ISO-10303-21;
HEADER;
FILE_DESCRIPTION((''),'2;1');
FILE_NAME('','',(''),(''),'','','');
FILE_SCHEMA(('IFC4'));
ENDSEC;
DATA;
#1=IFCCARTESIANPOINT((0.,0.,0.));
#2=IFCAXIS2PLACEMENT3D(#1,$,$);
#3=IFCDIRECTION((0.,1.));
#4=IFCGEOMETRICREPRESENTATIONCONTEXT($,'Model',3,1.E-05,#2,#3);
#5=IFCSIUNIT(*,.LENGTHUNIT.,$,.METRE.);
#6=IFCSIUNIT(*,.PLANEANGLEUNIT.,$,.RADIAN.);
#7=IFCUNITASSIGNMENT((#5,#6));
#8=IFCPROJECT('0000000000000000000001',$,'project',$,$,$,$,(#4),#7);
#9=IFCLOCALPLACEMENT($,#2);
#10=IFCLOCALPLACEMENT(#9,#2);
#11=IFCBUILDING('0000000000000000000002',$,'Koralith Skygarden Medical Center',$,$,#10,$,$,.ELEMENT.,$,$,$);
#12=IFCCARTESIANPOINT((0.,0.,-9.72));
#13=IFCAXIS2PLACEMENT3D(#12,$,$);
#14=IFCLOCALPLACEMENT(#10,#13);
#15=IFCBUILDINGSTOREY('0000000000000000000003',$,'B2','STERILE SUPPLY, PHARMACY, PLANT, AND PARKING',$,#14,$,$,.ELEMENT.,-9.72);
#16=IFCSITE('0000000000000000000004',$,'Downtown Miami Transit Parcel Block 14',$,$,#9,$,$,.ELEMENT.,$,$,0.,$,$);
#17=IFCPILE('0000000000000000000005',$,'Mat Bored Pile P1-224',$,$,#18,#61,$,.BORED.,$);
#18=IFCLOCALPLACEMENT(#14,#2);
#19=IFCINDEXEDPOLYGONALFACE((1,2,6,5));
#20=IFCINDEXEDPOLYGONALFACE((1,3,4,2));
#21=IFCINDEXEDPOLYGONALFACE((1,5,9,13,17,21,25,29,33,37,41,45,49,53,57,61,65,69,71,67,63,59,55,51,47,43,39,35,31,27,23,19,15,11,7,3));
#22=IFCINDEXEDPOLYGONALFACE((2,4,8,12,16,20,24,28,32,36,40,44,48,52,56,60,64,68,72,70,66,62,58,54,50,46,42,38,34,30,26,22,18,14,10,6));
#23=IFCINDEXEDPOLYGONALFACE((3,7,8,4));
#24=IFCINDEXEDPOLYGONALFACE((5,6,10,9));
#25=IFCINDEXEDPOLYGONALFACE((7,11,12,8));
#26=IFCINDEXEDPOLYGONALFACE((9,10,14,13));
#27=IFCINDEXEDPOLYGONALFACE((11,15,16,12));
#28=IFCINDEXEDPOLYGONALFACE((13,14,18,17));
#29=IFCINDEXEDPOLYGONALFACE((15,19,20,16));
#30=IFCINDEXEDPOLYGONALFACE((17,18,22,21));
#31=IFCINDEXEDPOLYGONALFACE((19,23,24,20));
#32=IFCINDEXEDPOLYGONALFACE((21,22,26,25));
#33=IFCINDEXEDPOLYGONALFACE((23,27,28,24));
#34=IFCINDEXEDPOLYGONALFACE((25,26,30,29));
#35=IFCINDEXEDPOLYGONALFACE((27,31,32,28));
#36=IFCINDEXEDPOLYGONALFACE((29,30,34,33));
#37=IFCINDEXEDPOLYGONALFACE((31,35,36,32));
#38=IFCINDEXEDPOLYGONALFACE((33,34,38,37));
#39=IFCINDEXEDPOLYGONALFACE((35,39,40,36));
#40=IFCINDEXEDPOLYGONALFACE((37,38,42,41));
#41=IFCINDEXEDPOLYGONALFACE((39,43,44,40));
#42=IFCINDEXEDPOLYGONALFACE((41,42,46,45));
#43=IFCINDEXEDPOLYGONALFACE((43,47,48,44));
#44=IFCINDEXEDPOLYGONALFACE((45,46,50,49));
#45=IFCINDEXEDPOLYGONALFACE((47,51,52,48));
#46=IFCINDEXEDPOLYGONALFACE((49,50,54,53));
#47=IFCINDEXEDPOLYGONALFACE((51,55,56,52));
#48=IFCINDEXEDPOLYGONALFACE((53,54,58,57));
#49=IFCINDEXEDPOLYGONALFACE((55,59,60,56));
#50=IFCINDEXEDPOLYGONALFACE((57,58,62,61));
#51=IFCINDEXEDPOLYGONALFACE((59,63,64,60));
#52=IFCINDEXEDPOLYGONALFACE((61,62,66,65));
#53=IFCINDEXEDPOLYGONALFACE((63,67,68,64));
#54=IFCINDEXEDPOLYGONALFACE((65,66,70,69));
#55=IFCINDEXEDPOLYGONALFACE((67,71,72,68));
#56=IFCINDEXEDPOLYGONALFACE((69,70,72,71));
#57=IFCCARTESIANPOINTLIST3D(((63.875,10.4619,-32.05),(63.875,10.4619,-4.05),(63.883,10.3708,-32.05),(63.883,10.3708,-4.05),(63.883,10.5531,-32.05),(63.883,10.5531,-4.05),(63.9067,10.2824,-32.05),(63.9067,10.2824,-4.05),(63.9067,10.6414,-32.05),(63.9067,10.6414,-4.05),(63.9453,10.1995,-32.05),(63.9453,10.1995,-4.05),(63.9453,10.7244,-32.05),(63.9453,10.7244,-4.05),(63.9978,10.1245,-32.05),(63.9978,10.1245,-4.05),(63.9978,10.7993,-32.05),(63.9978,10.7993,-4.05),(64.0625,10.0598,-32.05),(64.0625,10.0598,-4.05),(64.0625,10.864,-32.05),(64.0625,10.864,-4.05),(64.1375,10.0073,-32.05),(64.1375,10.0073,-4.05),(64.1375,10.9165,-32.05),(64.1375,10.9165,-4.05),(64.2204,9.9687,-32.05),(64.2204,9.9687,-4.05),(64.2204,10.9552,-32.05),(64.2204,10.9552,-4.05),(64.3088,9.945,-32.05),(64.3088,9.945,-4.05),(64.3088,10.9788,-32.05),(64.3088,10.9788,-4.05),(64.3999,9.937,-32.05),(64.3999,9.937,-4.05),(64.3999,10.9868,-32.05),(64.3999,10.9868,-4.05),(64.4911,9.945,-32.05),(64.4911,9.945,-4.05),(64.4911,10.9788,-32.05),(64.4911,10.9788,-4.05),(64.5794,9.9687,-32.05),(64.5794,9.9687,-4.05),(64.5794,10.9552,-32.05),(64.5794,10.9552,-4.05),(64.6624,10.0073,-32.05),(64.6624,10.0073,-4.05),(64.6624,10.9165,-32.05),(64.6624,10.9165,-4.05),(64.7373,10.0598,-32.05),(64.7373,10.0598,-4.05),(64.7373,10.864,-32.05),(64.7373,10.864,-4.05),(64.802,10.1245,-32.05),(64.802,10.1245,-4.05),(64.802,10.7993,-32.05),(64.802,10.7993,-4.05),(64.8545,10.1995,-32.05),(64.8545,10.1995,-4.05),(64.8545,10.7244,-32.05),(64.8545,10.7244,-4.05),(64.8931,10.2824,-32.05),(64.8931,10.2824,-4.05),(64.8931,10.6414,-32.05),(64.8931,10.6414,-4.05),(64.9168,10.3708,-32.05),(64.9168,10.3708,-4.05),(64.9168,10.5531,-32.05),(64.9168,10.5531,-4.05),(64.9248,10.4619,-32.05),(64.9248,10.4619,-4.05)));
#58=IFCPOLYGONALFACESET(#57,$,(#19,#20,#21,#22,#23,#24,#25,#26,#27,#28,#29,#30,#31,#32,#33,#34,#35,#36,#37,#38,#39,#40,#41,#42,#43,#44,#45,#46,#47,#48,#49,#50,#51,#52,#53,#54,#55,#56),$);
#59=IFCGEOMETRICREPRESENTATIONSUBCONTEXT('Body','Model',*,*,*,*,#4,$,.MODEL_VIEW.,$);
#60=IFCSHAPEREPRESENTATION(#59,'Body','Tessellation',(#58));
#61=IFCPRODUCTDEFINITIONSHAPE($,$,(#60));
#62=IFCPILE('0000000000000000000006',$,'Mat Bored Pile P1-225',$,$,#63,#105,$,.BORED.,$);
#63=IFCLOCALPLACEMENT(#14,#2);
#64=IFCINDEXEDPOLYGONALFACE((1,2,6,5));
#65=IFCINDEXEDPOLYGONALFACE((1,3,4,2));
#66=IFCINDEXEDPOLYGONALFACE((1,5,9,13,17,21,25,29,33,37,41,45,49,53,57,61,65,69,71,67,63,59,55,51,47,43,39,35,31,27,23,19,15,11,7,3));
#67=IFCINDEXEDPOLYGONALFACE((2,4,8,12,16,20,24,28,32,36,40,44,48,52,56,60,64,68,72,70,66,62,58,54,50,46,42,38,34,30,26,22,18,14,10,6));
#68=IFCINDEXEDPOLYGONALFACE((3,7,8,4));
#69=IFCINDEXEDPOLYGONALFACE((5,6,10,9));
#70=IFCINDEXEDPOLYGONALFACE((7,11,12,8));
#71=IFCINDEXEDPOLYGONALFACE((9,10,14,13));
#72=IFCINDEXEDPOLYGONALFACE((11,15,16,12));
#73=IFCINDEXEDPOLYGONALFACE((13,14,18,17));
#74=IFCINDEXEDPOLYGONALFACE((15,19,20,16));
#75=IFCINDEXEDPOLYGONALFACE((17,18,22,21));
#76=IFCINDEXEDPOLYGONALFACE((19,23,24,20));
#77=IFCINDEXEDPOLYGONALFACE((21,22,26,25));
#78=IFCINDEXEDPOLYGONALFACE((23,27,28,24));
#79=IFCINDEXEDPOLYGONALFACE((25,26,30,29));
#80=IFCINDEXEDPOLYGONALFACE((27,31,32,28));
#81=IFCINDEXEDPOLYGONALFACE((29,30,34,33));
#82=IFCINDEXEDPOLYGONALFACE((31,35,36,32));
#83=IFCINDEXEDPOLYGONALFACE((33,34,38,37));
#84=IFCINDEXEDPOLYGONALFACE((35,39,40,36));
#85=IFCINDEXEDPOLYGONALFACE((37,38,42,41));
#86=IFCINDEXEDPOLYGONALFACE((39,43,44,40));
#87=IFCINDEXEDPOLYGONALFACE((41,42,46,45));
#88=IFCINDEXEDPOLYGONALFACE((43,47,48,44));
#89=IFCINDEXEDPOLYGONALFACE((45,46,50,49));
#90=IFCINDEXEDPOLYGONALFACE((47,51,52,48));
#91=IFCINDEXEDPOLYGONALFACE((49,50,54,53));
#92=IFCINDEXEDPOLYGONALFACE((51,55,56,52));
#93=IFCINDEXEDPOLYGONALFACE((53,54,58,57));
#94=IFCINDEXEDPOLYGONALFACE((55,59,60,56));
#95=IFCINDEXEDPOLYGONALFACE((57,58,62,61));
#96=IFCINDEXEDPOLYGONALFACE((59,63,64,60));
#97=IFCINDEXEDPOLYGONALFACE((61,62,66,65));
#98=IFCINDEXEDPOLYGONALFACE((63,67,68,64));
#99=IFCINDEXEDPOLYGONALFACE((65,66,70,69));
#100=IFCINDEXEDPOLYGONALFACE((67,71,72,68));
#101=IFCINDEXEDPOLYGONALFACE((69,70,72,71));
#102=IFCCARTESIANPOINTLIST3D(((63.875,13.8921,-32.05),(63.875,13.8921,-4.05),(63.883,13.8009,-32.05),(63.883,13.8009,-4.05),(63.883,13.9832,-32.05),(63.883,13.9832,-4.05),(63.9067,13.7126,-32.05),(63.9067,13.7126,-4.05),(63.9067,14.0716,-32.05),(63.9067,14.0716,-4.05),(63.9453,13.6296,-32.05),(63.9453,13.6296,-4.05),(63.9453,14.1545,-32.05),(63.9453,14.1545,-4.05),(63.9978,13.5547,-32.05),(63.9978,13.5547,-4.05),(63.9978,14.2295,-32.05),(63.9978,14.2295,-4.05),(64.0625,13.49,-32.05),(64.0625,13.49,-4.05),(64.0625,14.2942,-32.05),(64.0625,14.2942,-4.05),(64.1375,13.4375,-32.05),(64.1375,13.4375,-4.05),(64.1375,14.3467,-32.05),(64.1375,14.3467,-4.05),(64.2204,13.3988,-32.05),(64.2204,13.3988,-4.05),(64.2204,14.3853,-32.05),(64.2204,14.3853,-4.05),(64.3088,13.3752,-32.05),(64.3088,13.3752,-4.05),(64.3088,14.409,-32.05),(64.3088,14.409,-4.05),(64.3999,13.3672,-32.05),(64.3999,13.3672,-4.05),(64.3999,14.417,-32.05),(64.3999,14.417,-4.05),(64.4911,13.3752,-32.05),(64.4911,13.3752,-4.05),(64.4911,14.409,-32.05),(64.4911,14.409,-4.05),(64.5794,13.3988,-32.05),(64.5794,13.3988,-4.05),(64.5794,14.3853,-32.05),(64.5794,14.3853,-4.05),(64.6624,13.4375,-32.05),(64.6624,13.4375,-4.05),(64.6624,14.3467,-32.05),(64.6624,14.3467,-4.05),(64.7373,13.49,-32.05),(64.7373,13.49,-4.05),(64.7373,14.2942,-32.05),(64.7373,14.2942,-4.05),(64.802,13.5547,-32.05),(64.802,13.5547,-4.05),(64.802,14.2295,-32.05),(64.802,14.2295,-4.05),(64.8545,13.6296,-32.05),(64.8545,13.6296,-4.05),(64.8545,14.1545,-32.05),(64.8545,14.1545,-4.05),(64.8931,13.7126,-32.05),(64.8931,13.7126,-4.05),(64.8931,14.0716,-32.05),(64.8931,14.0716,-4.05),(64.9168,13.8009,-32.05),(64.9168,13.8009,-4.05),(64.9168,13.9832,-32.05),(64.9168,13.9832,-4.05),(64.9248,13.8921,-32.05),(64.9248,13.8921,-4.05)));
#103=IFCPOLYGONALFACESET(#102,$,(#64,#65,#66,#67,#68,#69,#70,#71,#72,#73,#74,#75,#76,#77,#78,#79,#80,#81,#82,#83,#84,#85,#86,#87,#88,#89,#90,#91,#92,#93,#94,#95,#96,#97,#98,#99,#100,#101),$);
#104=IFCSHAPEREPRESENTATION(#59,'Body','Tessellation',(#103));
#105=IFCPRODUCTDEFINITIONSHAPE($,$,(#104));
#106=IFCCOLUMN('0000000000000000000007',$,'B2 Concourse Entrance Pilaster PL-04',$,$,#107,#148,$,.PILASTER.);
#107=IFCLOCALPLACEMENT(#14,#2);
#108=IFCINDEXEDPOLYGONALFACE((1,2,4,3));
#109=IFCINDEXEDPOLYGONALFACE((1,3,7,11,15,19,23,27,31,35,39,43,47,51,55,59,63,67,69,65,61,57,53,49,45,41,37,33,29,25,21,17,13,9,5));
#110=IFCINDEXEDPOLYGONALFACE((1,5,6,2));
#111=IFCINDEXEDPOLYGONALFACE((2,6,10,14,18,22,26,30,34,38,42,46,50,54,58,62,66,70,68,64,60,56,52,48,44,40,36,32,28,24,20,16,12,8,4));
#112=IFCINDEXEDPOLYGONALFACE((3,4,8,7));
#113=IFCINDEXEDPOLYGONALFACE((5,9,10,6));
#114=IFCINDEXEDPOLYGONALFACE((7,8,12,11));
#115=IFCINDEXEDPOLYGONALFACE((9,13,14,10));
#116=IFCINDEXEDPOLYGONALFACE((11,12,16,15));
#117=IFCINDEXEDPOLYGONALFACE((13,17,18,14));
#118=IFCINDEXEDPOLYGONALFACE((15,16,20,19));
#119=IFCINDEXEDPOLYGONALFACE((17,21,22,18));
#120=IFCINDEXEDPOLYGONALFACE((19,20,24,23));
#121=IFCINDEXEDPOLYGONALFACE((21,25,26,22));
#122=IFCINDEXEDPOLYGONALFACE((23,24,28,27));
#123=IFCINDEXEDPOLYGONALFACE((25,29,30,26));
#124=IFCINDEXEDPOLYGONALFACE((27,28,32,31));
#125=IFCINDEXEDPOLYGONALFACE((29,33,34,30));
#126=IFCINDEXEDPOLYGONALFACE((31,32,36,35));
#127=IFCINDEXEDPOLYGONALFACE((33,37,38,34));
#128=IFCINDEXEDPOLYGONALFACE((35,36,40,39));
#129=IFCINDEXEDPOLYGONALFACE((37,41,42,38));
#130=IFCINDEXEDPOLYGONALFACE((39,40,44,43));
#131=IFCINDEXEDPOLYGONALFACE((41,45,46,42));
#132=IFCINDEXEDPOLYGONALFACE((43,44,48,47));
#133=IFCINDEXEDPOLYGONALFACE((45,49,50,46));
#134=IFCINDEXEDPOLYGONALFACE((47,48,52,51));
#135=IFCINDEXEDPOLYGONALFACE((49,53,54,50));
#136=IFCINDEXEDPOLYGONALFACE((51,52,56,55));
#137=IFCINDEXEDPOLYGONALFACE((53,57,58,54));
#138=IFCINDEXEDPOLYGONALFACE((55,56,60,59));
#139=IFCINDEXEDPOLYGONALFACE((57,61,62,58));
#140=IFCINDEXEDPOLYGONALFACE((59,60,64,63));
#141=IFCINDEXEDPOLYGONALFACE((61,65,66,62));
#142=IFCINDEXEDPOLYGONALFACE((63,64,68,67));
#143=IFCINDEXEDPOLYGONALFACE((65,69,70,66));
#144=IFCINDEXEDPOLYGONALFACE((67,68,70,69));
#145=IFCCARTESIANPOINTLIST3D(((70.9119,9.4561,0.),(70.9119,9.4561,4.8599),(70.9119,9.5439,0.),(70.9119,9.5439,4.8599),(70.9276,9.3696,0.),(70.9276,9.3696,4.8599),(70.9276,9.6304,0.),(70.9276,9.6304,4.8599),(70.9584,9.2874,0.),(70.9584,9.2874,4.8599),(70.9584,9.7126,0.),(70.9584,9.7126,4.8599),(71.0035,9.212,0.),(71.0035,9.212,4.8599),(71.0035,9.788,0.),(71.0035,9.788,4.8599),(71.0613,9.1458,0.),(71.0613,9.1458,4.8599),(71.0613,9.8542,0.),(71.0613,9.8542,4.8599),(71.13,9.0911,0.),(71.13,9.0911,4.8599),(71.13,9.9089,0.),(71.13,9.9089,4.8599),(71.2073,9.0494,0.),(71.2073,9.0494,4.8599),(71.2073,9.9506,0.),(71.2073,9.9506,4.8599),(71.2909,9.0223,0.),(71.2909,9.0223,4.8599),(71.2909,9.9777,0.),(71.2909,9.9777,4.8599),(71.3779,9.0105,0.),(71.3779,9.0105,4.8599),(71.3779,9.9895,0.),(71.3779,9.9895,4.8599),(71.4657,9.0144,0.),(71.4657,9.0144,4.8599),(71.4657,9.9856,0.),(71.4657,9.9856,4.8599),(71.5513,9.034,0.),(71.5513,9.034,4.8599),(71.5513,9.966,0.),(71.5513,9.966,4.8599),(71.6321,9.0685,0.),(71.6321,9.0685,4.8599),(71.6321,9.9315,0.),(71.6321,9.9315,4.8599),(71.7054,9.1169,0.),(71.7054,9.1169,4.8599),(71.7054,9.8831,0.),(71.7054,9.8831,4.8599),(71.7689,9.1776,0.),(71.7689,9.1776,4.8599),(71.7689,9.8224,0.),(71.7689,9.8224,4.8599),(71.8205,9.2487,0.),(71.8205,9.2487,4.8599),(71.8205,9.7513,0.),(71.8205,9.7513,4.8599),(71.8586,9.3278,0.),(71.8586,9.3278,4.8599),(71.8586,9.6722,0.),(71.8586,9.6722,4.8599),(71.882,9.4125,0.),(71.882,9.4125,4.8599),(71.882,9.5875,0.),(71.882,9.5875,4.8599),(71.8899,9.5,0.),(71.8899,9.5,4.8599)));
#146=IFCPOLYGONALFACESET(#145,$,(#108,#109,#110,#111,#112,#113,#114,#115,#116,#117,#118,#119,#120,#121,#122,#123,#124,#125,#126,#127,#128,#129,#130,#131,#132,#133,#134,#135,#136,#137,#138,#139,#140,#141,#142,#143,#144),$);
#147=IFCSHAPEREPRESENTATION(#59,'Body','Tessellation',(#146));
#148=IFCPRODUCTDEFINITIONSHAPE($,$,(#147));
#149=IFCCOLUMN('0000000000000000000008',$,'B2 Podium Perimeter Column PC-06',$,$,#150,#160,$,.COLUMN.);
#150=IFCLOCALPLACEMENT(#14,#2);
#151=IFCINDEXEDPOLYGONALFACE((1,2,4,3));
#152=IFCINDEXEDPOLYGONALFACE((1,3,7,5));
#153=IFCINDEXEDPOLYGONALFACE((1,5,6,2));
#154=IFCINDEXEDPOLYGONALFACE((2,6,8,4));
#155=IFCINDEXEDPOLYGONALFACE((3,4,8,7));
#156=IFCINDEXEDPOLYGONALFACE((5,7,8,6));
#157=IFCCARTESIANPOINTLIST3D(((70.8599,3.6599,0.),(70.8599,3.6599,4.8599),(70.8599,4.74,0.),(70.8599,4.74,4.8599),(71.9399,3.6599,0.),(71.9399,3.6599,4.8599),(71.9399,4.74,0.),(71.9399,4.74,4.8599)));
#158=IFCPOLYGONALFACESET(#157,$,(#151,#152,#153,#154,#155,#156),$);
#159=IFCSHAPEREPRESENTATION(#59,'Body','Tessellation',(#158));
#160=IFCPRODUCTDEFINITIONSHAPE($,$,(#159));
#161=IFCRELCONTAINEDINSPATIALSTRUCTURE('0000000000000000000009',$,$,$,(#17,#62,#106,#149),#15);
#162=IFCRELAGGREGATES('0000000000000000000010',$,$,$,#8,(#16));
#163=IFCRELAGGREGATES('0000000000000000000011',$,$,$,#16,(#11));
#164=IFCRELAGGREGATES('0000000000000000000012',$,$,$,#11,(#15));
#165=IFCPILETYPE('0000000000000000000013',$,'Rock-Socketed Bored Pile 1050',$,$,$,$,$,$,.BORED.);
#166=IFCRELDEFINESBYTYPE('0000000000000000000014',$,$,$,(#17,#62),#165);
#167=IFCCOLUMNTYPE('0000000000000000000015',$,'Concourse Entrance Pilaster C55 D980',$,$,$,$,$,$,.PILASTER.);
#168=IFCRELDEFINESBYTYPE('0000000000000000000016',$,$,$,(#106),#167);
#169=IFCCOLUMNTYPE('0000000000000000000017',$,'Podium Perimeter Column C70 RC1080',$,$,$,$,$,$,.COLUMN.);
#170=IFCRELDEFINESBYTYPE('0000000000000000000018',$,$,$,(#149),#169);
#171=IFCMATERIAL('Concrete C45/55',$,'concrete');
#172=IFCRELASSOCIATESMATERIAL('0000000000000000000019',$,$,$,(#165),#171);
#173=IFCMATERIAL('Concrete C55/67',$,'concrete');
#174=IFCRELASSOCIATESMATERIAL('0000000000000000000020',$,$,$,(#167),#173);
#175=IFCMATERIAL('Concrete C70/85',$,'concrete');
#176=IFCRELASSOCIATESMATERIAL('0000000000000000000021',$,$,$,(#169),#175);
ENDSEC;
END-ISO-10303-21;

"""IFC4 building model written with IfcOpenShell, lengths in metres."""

from ifc_helpers import new_model, si_unit, direction, frame, origin, origin_2d, place, context, subcontext, project, spatial, rectangle, circle, extrude, material, material_profile, profile_set, type_object, element, save


model = new_model("IFC4")

# Units and contexts
model_context = context("Model", 3, precision=1e-05, world=origin(), true_north=direction((0.0, 1.0)))
body_context = subcontext(model_context, "Body", "Model", "MODEL_VIEW")
ifc_project = project(units=[si_unit("LENGTHUNIT", "METRE"), si_unit("PLANEANGLEUNIT", "RADIAN")], contexts=[model_context])

# Site, building, storey
site_placement = place(None, origin())
site = spatial("IfcSite", under=ifc_project, at=site_placement, Name="Downtown Miami Transit Parcel Block 14", CompositionType="ELEMENT", RefElevation=0.0)
building_placement = place(site_placement, origin())
building = spatial("IfcBuilding", under=site, at=building_placement, Name="Koralith Skygarden Medical Center", CompositionType="ELEMENT")
storey_placement = place(building_placement, frame((0.0, 0.0, -9.72)))
storey = spatial("IfcBuildingStorey", under=building, at=storey_placement, Name="B2", Description="STERILE SUPPLY, PHARMACY, PLANT, AND PARKING", CompositionType="ELEMENT", Elevation=-9.72)

# Shared definitions
ifc_material_1 = material(Name="Concrete C55/67", Category="concrete")

# Piles
ifc_material_2 = material(Name="Concrete C45/55", Category="concrete")
ifc_material_profile_1 = material_profile(ifc_material_2, circle(Radius=0.5249, at=origin_2d()), Name="PILE1050")
ifc_profile_set_1 = profile_set([ifc_material_profile_1], Name="Concrete C45/55")
pile_type = type_object("IfcPileType", Name="Rock-Socketed Bored Pile 1050", PredefinedType="BORED", material=ifc_profile_set_1)
for number, where, z_axis, x_axis, name in (
    (1, (64.3999, 10.4619, -4.05), (0.0, 0.0, -1.0), (1.0, 0.0, 0.0), "Mat Bored Pile P1-224"),
    (2, (64.3999, 13.8921, -4.05), (0.0, 0.0, -1.0), (1.0, 0.0, 0.0), "Mat Bored Pile P1-225"),
):
    element("IfcPile", number, at=place(storey_placement, frame(where, z_axis=z_axis, x_axis=x_axis)), inside=storey, type_object=pile_type, Name=name, PredefinedType="BORED", context=body_context, shape_type="SweptSolid", body=[
        extrude(circle(Radius=0.5249, at=origin_2d()), origin(), (0.0, 0.0, 1.0), 28.0),
    ])

# Columns
ifc_material_profile_2 = material_profile(ifc_material_1, circle(Radius=0.49, at=origin_2d()), Name="RCCOL980")
ifc_profile_set_2 = profile_set([ifc_material_profile_2], Name="Concrete C55/67")
column_type_1 = type_object("IfcColumnType", Name="Concourse Entrance Pilaster C55 D980", PredefinedType="PILASTER", material=ifc_profile_set_2)
column_1_placement = place(storey_placement, frame((71.3999, 9.5, 0.0), z_axis=(0.0, 0.0, 1.0), x_axis=(1.0, 0.0, 0.0)))
element("IfcColumn", 3, at=column_1_placement, inside=storey, type_object=column_type_1, Name="B2 Concourse Entrance Pilaster PL-04", PredefinedType="PILASTER", context=body_context, shape_type="SweptSolid", body=[
    extrude(circle(Radius=0.49, at=origin_2d()), origin(), (0.0, 0.0, 1.0), 4.8599),
])
ifc_material_3 = material(Name="Concrete C70/85", Category="concrete")
ifc_material_profile_3 = material_profile(ifc_material_3, rectangle(XDim=1.0801, YDim=1.0801, at=origin_2d()), Name="RC1080X1080")
ifc_profile_set_3 = profile_set([ifc_material_profile_3], Name="Concrete C70/85")
column_type_2 = type_object("IfcColumnType", Name="Podium Perimeter Column C70 RC1080", PredefinedType="COLUMN", material=ifc_profile_set_3)
column_2_placement = place(storey_placement, frame((71.3999, 4.2, 0.0), z_axis=(0.0, 0.0, 1.0), x_axis=(1.0, 0.0, 0.0)))
element("IfcColumn", 4, at=column_2_placement, inside=storey, type_object=column_type_2, Name="B2 Podium Perimeter Column PC-06", PredefinedType="COLUMN", context=body_context, shape_type="SweptSolid", body=[
    extrude(rectangle(XDim=1.0801, YDim=1.0801, at=origin_2d()), origin(), (0.0, 0.0, 1.0), 4.8599),
])

save(model, "model.ifc")
